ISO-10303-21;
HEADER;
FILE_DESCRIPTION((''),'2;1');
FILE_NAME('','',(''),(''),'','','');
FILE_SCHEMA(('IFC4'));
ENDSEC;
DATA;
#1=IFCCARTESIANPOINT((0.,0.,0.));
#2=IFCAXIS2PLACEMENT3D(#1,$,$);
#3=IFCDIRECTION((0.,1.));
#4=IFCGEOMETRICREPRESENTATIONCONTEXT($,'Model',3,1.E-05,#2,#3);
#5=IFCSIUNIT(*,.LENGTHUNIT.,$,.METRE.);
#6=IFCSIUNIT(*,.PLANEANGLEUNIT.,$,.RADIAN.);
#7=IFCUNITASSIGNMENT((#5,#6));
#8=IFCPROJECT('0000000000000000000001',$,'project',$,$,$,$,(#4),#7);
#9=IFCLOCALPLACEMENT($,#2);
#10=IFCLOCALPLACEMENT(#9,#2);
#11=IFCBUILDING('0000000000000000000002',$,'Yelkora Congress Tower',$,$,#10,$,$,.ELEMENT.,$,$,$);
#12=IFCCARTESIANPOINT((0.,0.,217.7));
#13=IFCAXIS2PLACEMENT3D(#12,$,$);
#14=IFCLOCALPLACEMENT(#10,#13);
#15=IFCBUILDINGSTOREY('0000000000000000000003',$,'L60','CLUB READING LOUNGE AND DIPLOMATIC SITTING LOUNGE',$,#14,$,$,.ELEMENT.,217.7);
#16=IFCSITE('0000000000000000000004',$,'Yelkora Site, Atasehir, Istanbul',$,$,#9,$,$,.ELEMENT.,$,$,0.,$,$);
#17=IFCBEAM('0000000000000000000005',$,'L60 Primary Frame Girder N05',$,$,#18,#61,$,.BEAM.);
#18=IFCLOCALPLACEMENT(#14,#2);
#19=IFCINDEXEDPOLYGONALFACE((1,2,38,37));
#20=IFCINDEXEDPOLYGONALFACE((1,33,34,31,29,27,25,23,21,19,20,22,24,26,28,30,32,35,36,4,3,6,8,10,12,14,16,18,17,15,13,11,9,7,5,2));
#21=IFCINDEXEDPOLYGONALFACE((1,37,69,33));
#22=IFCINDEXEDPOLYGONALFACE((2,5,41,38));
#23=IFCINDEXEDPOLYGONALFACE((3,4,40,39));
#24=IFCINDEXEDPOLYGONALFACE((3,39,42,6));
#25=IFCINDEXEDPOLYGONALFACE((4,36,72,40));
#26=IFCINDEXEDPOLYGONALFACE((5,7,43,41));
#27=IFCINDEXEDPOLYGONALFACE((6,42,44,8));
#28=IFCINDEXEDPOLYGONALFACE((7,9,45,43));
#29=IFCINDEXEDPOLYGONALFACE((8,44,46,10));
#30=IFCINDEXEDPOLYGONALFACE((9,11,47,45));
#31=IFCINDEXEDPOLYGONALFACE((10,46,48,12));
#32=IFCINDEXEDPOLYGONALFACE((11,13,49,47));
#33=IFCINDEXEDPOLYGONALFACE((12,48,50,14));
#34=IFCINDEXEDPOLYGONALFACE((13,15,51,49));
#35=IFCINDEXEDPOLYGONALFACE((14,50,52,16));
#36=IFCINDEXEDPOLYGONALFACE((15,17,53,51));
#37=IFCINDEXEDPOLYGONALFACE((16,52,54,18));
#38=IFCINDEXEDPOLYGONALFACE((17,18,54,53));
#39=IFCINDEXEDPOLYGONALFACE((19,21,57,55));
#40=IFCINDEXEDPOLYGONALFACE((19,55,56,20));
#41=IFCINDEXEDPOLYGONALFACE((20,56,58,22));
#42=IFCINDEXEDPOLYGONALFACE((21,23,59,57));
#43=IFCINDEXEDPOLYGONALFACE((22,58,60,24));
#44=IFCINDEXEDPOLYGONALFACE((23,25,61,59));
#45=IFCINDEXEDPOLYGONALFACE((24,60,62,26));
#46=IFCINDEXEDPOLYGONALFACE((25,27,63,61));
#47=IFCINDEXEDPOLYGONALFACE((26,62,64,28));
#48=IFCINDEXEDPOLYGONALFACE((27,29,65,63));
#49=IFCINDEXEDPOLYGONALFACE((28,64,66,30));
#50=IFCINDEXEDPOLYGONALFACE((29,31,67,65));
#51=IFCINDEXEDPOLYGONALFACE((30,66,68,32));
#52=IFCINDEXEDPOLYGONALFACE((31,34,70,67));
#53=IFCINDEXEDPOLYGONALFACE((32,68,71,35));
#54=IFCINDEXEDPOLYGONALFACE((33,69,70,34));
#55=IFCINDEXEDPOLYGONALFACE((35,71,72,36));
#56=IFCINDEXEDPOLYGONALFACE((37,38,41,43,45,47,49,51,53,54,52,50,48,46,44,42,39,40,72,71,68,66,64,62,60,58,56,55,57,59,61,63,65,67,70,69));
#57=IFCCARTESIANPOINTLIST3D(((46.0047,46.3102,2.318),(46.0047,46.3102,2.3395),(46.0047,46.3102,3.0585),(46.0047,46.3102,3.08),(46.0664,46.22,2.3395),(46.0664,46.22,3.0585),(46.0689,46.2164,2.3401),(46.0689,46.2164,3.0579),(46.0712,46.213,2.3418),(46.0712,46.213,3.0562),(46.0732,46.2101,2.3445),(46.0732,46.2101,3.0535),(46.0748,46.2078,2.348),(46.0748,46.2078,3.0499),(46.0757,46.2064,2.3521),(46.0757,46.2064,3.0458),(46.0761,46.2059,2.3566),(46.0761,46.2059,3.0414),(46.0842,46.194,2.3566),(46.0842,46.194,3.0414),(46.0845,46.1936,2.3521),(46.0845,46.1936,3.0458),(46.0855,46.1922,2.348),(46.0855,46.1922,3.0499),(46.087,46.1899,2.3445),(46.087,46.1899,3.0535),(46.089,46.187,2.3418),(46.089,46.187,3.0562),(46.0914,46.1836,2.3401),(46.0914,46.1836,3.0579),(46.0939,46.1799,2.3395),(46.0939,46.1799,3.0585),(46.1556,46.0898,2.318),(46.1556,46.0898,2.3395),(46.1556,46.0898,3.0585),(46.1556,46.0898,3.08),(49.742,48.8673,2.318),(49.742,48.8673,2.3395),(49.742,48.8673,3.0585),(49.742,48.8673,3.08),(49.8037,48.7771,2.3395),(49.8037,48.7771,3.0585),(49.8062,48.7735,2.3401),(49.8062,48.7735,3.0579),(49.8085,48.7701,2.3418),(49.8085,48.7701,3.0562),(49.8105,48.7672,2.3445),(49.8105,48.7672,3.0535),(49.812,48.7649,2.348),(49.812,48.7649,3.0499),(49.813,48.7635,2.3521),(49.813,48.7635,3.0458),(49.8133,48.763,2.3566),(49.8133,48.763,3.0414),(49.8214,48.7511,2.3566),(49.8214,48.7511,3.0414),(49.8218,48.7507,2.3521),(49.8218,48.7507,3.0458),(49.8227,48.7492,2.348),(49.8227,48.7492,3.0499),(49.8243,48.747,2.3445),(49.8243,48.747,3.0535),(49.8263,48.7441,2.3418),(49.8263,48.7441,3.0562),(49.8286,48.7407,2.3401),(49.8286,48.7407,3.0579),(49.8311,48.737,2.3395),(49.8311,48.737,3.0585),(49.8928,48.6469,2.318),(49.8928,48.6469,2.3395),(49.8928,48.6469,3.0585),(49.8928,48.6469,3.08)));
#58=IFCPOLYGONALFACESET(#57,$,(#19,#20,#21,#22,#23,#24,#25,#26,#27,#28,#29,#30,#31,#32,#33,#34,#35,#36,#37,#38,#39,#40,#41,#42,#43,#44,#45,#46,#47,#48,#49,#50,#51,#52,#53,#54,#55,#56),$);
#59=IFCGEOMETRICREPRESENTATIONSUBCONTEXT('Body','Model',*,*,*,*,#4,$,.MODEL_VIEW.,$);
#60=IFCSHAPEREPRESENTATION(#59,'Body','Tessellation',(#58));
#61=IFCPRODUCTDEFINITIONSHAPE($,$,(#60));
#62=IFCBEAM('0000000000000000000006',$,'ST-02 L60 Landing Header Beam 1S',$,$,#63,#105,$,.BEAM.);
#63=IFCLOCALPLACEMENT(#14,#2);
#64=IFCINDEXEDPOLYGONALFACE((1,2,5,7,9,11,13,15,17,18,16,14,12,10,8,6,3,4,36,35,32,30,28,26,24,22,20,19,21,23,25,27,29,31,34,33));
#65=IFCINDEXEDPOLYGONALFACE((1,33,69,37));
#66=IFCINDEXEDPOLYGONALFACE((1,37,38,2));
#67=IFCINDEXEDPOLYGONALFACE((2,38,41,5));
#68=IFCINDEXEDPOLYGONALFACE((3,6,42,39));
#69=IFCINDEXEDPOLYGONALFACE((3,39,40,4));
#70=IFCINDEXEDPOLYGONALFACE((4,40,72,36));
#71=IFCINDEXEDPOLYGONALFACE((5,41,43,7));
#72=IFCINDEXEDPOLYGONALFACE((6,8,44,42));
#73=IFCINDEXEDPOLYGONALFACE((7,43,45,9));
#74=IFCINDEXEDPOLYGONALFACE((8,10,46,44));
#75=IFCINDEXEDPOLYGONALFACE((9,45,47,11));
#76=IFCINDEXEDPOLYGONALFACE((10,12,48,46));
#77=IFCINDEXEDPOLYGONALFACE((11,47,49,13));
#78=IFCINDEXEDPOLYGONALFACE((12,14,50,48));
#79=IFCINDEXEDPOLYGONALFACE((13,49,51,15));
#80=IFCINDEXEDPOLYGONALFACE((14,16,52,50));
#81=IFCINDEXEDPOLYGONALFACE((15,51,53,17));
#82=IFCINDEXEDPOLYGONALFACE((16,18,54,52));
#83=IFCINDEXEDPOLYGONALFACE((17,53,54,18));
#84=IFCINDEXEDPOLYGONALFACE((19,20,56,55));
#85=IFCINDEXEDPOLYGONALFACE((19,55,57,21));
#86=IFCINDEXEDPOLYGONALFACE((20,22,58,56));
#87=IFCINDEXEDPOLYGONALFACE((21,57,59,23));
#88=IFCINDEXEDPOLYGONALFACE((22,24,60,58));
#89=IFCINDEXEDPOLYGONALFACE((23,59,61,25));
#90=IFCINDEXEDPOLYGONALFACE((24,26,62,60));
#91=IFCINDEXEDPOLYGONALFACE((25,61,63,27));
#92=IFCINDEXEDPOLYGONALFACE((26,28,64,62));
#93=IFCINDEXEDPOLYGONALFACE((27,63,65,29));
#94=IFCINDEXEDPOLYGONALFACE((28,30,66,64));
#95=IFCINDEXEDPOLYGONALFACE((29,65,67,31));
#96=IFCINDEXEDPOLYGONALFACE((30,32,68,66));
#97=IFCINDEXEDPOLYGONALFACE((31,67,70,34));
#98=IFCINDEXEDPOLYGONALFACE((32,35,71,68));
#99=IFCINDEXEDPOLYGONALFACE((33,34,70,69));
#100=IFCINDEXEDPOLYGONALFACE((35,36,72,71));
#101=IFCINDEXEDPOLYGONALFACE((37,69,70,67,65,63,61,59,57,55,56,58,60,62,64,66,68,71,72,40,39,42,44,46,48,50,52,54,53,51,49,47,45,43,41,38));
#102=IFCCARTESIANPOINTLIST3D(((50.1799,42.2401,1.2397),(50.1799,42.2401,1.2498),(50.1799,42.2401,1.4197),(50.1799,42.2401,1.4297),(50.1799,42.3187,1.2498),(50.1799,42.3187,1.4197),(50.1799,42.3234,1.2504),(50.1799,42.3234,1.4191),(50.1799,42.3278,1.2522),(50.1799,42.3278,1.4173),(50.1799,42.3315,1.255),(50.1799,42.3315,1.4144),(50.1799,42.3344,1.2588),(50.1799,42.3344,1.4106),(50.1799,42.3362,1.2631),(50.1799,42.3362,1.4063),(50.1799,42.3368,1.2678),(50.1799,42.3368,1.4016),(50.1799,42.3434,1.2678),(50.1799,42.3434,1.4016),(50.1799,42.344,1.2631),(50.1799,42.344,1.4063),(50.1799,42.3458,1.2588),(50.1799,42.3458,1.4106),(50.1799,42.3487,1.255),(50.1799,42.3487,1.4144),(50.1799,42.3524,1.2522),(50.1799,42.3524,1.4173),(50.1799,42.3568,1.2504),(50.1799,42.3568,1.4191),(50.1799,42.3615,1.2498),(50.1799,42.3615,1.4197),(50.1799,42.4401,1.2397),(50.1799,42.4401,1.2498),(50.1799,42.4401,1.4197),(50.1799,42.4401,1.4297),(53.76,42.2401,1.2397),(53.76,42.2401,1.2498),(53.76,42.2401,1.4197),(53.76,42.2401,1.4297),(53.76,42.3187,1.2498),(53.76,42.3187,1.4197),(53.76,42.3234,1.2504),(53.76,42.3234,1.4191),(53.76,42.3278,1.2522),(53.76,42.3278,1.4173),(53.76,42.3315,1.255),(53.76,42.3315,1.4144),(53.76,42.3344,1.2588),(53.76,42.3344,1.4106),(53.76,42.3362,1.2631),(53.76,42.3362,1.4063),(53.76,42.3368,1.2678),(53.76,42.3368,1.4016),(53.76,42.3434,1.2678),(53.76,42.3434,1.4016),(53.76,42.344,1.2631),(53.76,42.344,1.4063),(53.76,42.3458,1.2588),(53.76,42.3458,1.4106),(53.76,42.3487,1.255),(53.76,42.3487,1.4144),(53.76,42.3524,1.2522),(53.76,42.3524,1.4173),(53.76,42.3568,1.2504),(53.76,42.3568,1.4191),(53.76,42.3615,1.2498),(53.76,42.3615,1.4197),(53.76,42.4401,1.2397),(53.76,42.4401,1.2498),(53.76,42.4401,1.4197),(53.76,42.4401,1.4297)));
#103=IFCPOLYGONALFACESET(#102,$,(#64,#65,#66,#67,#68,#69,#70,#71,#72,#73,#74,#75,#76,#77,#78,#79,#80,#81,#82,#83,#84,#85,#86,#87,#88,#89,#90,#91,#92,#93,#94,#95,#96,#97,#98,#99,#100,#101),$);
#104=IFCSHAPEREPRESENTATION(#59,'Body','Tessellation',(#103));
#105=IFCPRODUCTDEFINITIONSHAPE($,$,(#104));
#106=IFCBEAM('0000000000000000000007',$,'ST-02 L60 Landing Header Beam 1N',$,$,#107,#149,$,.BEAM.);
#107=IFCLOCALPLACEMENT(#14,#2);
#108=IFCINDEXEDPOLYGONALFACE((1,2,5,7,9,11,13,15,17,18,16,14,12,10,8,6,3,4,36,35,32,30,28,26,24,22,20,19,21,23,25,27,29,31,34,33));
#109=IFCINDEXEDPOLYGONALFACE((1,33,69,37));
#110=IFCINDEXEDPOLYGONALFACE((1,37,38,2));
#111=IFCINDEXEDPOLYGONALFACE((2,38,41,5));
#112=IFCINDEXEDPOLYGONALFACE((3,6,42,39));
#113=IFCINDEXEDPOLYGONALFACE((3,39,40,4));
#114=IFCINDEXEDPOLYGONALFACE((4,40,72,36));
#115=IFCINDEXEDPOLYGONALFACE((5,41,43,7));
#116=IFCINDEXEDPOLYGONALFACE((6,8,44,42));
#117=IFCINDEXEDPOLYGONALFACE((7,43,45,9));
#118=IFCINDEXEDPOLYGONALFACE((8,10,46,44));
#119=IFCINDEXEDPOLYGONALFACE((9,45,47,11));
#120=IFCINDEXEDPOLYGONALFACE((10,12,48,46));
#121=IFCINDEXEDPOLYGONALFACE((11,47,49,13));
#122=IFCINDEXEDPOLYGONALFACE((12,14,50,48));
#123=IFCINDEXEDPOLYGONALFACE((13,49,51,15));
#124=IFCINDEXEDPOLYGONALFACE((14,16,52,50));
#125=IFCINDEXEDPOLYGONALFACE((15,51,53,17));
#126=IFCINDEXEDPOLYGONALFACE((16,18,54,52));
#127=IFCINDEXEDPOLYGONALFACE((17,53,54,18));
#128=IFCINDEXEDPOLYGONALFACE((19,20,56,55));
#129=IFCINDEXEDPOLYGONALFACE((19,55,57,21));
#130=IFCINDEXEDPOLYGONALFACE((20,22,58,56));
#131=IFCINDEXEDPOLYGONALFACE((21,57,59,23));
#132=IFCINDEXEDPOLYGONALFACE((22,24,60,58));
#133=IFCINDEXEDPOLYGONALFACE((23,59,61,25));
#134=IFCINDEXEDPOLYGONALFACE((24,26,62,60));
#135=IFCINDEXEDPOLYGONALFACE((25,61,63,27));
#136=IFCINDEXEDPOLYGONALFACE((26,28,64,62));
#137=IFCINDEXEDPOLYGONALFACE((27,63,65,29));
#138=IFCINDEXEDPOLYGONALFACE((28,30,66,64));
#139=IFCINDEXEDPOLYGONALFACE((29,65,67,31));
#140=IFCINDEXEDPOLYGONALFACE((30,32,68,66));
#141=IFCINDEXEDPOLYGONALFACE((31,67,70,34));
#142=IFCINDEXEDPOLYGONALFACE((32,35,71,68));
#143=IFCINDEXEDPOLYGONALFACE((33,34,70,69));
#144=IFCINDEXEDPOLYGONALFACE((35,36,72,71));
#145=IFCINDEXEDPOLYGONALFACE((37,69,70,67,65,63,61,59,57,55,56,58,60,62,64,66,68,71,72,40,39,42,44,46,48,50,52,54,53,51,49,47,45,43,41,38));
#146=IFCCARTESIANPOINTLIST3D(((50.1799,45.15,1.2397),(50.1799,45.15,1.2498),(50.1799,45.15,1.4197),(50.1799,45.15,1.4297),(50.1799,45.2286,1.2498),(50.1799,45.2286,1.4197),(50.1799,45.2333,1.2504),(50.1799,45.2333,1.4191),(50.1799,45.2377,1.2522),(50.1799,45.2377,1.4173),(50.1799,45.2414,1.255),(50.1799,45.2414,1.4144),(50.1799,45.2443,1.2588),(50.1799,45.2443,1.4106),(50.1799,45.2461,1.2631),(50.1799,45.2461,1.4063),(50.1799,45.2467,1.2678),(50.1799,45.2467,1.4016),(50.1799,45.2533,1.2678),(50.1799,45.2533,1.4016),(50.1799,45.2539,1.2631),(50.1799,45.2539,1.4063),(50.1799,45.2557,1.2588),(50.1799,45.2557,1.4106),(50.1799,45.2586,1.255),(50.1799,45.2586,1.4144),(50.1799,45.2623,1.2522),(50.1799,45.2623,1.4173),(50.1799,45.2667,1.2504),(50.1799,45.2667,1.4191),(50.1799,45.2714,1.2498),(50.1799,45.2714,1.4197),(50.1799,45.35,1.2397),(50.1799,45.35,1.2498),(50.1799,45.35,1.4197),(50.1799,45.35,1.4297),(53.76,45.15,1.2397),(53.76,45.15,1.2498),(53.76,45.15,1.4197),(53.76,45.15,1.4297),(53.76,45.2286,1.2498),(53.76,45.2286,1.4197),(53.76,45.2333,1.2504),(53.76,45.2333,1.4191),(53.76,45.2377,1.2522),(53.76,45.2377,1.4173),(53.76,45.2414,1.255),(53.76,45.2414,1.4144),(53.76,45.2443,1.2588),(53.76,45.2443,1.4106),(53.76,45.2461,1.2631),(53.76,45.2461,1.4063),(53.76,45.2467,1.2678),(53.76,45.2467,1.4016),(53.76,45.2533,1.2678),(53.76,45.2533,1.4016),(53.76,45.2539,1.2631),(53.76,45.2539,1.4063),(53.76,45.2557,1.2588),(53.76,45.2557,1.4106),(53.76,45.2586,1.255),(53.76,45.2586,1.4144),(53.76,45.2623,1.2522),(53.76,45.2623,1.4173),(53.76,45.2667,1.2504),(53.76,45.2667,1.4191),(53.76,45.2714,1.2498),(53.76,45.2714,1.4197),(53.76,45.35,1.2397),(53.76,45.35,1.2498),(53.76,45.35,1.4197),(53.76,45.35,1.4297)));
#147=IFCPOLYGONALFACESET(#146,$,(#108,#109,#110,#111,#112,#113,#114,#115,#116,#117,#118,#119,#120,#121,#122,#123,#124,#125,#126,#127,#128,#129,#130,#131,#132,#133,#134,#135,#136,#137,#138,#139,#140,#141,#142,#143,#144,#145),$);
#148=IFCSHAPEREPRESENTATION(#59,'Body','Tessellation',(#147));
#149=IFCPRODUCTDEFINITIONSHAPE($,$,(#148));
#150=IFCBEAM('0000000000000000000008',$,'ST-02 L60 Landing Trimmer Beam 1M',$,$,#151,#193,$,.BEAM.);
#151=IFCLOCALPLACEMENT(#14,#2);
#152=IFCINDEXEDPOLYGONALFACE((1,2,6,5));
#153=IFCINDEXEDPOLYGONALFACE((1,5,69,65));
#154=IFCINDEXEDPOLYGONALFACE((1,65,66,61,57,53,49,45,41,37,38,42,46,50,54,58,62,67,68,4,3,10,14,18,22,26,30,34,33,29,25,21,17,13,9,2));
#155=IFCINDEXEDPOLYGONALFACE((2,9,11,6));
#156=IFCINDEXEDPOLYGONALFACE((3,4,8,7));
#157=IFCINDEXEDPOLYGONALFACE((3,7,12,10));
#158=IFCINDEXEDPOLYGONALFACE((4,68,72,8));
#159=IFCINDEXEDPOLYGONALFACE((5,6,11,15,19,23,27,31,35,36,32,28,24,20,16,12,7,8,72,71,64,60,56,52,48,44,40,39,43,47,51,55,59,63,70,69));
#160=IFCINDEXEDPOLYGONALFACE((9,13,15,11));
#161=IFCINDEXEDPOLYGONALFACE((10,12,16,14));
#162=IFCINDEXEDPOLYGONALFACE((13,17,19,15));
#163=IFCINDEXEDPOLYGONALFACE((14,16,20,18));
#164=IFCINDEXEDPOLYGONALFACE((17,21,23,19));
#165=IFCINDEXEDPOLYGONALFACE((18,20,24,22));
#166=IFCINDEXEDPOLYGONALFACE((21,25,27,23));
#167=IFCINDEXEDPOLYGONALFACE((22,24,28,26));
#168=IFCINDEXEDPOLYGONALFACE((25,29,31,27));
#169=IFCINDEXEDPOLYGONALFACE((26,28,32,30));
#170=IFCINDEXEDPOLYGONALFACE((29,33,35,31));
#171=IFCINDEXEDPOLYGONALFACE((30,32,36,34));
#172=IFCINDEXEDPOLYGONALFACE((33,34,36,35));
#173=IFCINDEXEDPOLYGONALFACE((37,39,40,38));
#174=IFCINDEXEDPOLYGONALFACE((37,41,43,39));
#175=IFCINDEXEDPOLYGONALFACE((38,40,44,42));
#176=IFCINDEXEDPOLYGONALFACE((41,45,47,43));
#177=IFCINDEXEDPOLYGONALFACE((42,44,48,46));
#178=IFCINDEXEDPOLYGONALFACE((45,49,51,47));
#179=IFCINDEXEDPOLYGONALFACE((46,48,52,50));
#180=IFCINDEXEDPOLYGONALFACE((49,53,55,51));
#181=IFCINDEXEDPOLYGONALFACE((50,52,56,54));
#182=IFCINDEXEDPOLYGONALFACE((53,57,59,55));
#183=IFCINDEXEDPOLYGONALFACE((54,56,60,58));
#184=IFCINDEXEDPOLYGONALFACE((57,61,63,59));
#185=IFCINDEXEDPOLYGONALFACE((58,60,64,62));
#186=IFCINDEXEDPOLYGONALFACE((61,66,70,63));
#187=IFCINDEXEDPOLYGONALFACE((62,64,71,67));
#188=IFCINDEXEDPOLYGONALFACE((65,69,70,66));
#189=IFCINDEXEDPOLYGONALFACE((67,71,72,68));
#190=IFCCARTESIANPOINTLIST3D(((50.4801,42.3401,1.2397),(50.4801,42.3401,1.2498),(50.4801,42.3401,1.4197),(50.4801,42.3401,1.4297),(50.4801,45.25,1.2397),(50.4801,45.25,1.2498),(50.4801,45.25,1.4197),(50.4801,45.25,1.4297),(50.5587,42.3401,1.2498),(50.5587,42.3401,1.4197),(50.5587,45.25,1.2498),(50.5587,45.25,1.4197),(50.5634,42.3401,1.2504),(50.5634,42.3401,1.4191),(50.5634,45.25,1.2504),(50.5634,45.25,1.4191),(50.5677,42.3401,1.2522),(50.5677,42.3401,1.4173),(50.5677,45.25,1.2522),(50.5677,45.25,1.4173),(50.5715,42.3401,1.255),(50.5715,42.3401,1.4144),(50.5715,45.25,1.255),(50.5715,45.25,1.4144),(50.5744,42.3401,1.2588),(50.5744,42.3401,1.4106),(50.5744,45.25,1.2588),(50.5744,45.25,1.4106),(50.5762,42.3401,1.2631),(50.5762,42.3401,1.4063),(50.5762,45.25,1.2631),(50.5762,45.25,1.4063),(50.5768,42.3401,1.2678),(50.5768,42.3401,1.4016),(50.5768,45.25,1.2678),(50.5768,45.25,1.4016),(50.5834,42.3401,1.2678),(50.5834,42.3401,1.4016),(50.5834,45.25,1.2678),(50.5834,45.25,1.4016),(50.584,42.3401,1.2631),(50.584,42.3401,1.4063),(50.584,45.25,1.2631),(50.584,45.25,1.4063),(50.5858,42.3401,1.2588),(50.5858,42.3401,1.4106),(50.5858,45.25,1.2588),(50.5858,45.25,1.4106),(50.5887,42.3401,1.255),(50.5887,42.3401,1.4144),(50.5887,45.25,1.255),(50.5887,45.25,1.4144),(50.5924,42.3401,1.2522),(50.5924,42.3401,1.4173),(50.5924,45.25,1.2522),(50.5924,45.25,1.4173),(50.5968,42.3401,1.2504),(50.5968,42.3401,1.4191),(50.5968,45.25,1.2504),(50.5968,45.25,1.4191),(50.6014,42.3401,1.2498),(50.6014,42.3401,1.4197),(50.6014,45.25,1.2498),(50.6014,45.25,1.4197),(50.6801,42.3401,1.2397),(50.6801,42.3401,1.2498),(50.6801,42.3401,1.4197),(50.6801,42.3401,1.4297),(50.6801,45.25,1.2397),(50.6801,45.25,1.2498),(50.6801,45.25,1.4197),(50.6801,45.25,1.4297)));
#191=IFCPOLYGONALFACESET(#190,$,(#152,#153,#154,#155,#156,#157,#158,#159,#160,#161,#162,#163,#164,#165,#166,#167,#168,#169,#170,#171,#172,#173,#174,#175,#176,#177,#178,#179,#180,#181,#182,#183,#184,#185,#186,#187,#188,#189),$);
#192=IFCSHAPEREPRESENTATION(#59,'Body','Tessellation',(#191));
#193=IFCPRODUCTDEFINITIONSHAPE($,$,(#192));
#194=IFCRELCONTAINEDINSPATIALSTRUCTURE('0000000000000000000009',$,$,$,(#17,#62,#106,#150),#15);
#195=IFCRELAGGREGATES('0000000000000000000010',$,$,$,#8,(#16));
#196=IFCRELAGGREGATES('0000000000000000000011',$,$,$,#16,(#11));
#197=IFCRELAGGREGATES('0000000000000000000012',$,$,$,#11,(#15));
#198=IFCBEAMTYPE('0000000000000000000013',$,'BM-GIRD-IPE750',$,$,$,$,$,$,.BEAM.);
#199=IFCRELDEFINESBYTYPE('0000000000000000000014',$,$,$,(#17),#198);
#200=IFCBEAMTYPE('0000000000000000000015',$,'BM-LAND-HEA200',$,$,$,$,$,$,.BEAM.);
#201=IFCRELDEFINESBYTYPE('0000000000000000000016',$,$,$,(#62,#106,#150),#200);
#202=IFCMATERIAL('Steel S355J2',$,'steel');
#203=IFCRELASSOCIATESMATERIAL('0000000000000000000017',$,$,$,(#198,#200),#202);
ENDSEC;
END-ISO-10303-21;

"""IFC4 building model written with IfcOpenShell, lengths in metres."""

from ifc_helpers import new_model, si_unit, direction, frame, origin, origin_2d, place, context, subcontext, project, spatial, i_section, extrude, material, material_profile, profile_set, type_object, element, save


model = new_model("IFC4")

# Units and contexts
model_context = context("Model", 3, precision=1e-05, world=origin(), true_north=direction((0.0, 1.0)))
body_context = subcontext(model_context, "Body", "Model", "MODEL_VIEW")
ifc_project = project(units=[si_unit("LENGTHUNIT", "METRE"), si_unit("PLANEANGLEUNIT", "RADIAN")], contexts=[model_context])

# Site, building, storey
site_placement = place(None, origin())
site = spatial("IfcSite", under=ifc_project, at=site_placement, Name="Yelkora Site, Atasehir, Istanbul", CompositionType="ELEMENT", RefElevation=0.0)
building_placement = place(site_placement, origin())
building = spatial("IfcBuilding", under=site, at=building_placement, Name="Yelkora Congress Tower", CompositionType="ELEMENT")
storey_placement = place(building_placement, frame((0.0, 0.0, 217.7)))
storey = spatial("IfcBuildingStorey", under=building, at=storey_placement, Name="L60", Description="CLUB READING LOUNGE AND DIPLOMATIC SITTING LOUNGE", CompositionType="ELEMENT", Elevation=217.7)

# Shared definitions
ifc_material_1 = material(Name="Steel S355J2", Category="steel")

# Beams
ifc_material_profile_1 = material_profile(ifc_material_1, i_section(OverallWidth=0.2671, OverallDepth=0.762, WebThickness=0.0144, FlangeThickness=0.0215, FilletRadius=0.0171, at=origin_2d()), Name="IPE 750x173")
ifc_profile_set_1 = profile_set([ifc_material_profile_1], Name="Steel S355J2")
beam_type_1 = type_object("IfcBeamType", Name="BM-GIRD-IPE750", PredefinedType="BEAM", material=ifc_profile_set_1)
beam_1_placement = place(storey_placement, frame((49.8174, 48.7571, 2.699), z_axis=(-0.825305, -0.564688, 0.0), x_axis=(0.564688, -0.825305, 0.0)))
element("IfcBeam", 1, at=beam_1_placement, inside=storey, type_object=beam_type_1, Name="L60 Primary Frame Girder N05", PredefinedType="BEAM", context=body_context, shape_type="SweptSolid", body=[
    extrude(i_section(OverallWidth=0.2671, OverallDepth=0.762, WebThickness=0.0144, FlangeThickness=0.0215, FilletRadius=0.0171, at=origin_2d()), origin(), (0.0, 0.0, 1.0), 4.5283),
])
ifc_material_profile_2 = material_profile(ifc_material_1, i_section(OverallWidth=0.2, OverallDepth=0.1899, WebThickness=0.0066, FlangeThickness=0.01, FilletRadius=0.0181, at=origin_2d()), Name="HEA 200")
ifc_profile_set_2 = profile_set([ifc_material_profile_2], Name="Steel S355J2")
beam_type_2 = type_object("IfcBeamType", Name="BM-LAND-HEA200", PredefinedType="BEAM", material=ifc_profile_set_2)
for number, where, z_axis, x_axis, name in (
    (2, (50.1799, 42.3401, 1.3347), (1.0, 0.0, 0.0), (0.0, 1.0, 0.0), "ST-02 L60 Landing Header Beam 1S"),
    (3, (50.1799, 45.25, 1.3347), (1.0, 0.0, 0.0), (0.0, 1.0, 0.0), "ST-02 L60 Landing Header Beam 1N"),
):
    element("IfcBeam", number, at=place(storey_placement, frame(where, z_axis=z_axis, x_axis=x_axis)), inside=storey, type_object=beam_type_2, Name=name, PredefinedType="BEAM", context=body_context, shape_type="SweptSolid", body=[
        extrude(i_section(OverallWidth=0.2, OverallDepth=0.1899, WebThickness=0.0066, FlangeThickness=0.01, FilletRadius=0.0181, at=origin_2d()), origin(), (0.0, 0.0, 1.0), 3.5801),
    ])
beam_2_placement = place(storey_placement, frame((50.5801, 42.3401, 1.3347), z_axis=(0.0, 1.0, 0.0), x_axis=(-1.0, 0.0, 0.0)))
element("IfcBeam", 4, at=beam_2_placement, inside=storey, type_object=beam_type_2, Name="ST-02 L60 Landing Trimmer Beam 1M", PredefinedType="BEAM", context=body_context, shape_type="SweptSolid", body=[
    extrude(i_section(OverallWidth=0.2, OverallDepth=0.1899, WebThickness=0.0066, FlangeThickness=0.01, FilletRadius=0.0181, at=origin_2d()), origin(), (0.0, 0.0, 1.0), 2.9099),
])

save(model, "model.ifc")
